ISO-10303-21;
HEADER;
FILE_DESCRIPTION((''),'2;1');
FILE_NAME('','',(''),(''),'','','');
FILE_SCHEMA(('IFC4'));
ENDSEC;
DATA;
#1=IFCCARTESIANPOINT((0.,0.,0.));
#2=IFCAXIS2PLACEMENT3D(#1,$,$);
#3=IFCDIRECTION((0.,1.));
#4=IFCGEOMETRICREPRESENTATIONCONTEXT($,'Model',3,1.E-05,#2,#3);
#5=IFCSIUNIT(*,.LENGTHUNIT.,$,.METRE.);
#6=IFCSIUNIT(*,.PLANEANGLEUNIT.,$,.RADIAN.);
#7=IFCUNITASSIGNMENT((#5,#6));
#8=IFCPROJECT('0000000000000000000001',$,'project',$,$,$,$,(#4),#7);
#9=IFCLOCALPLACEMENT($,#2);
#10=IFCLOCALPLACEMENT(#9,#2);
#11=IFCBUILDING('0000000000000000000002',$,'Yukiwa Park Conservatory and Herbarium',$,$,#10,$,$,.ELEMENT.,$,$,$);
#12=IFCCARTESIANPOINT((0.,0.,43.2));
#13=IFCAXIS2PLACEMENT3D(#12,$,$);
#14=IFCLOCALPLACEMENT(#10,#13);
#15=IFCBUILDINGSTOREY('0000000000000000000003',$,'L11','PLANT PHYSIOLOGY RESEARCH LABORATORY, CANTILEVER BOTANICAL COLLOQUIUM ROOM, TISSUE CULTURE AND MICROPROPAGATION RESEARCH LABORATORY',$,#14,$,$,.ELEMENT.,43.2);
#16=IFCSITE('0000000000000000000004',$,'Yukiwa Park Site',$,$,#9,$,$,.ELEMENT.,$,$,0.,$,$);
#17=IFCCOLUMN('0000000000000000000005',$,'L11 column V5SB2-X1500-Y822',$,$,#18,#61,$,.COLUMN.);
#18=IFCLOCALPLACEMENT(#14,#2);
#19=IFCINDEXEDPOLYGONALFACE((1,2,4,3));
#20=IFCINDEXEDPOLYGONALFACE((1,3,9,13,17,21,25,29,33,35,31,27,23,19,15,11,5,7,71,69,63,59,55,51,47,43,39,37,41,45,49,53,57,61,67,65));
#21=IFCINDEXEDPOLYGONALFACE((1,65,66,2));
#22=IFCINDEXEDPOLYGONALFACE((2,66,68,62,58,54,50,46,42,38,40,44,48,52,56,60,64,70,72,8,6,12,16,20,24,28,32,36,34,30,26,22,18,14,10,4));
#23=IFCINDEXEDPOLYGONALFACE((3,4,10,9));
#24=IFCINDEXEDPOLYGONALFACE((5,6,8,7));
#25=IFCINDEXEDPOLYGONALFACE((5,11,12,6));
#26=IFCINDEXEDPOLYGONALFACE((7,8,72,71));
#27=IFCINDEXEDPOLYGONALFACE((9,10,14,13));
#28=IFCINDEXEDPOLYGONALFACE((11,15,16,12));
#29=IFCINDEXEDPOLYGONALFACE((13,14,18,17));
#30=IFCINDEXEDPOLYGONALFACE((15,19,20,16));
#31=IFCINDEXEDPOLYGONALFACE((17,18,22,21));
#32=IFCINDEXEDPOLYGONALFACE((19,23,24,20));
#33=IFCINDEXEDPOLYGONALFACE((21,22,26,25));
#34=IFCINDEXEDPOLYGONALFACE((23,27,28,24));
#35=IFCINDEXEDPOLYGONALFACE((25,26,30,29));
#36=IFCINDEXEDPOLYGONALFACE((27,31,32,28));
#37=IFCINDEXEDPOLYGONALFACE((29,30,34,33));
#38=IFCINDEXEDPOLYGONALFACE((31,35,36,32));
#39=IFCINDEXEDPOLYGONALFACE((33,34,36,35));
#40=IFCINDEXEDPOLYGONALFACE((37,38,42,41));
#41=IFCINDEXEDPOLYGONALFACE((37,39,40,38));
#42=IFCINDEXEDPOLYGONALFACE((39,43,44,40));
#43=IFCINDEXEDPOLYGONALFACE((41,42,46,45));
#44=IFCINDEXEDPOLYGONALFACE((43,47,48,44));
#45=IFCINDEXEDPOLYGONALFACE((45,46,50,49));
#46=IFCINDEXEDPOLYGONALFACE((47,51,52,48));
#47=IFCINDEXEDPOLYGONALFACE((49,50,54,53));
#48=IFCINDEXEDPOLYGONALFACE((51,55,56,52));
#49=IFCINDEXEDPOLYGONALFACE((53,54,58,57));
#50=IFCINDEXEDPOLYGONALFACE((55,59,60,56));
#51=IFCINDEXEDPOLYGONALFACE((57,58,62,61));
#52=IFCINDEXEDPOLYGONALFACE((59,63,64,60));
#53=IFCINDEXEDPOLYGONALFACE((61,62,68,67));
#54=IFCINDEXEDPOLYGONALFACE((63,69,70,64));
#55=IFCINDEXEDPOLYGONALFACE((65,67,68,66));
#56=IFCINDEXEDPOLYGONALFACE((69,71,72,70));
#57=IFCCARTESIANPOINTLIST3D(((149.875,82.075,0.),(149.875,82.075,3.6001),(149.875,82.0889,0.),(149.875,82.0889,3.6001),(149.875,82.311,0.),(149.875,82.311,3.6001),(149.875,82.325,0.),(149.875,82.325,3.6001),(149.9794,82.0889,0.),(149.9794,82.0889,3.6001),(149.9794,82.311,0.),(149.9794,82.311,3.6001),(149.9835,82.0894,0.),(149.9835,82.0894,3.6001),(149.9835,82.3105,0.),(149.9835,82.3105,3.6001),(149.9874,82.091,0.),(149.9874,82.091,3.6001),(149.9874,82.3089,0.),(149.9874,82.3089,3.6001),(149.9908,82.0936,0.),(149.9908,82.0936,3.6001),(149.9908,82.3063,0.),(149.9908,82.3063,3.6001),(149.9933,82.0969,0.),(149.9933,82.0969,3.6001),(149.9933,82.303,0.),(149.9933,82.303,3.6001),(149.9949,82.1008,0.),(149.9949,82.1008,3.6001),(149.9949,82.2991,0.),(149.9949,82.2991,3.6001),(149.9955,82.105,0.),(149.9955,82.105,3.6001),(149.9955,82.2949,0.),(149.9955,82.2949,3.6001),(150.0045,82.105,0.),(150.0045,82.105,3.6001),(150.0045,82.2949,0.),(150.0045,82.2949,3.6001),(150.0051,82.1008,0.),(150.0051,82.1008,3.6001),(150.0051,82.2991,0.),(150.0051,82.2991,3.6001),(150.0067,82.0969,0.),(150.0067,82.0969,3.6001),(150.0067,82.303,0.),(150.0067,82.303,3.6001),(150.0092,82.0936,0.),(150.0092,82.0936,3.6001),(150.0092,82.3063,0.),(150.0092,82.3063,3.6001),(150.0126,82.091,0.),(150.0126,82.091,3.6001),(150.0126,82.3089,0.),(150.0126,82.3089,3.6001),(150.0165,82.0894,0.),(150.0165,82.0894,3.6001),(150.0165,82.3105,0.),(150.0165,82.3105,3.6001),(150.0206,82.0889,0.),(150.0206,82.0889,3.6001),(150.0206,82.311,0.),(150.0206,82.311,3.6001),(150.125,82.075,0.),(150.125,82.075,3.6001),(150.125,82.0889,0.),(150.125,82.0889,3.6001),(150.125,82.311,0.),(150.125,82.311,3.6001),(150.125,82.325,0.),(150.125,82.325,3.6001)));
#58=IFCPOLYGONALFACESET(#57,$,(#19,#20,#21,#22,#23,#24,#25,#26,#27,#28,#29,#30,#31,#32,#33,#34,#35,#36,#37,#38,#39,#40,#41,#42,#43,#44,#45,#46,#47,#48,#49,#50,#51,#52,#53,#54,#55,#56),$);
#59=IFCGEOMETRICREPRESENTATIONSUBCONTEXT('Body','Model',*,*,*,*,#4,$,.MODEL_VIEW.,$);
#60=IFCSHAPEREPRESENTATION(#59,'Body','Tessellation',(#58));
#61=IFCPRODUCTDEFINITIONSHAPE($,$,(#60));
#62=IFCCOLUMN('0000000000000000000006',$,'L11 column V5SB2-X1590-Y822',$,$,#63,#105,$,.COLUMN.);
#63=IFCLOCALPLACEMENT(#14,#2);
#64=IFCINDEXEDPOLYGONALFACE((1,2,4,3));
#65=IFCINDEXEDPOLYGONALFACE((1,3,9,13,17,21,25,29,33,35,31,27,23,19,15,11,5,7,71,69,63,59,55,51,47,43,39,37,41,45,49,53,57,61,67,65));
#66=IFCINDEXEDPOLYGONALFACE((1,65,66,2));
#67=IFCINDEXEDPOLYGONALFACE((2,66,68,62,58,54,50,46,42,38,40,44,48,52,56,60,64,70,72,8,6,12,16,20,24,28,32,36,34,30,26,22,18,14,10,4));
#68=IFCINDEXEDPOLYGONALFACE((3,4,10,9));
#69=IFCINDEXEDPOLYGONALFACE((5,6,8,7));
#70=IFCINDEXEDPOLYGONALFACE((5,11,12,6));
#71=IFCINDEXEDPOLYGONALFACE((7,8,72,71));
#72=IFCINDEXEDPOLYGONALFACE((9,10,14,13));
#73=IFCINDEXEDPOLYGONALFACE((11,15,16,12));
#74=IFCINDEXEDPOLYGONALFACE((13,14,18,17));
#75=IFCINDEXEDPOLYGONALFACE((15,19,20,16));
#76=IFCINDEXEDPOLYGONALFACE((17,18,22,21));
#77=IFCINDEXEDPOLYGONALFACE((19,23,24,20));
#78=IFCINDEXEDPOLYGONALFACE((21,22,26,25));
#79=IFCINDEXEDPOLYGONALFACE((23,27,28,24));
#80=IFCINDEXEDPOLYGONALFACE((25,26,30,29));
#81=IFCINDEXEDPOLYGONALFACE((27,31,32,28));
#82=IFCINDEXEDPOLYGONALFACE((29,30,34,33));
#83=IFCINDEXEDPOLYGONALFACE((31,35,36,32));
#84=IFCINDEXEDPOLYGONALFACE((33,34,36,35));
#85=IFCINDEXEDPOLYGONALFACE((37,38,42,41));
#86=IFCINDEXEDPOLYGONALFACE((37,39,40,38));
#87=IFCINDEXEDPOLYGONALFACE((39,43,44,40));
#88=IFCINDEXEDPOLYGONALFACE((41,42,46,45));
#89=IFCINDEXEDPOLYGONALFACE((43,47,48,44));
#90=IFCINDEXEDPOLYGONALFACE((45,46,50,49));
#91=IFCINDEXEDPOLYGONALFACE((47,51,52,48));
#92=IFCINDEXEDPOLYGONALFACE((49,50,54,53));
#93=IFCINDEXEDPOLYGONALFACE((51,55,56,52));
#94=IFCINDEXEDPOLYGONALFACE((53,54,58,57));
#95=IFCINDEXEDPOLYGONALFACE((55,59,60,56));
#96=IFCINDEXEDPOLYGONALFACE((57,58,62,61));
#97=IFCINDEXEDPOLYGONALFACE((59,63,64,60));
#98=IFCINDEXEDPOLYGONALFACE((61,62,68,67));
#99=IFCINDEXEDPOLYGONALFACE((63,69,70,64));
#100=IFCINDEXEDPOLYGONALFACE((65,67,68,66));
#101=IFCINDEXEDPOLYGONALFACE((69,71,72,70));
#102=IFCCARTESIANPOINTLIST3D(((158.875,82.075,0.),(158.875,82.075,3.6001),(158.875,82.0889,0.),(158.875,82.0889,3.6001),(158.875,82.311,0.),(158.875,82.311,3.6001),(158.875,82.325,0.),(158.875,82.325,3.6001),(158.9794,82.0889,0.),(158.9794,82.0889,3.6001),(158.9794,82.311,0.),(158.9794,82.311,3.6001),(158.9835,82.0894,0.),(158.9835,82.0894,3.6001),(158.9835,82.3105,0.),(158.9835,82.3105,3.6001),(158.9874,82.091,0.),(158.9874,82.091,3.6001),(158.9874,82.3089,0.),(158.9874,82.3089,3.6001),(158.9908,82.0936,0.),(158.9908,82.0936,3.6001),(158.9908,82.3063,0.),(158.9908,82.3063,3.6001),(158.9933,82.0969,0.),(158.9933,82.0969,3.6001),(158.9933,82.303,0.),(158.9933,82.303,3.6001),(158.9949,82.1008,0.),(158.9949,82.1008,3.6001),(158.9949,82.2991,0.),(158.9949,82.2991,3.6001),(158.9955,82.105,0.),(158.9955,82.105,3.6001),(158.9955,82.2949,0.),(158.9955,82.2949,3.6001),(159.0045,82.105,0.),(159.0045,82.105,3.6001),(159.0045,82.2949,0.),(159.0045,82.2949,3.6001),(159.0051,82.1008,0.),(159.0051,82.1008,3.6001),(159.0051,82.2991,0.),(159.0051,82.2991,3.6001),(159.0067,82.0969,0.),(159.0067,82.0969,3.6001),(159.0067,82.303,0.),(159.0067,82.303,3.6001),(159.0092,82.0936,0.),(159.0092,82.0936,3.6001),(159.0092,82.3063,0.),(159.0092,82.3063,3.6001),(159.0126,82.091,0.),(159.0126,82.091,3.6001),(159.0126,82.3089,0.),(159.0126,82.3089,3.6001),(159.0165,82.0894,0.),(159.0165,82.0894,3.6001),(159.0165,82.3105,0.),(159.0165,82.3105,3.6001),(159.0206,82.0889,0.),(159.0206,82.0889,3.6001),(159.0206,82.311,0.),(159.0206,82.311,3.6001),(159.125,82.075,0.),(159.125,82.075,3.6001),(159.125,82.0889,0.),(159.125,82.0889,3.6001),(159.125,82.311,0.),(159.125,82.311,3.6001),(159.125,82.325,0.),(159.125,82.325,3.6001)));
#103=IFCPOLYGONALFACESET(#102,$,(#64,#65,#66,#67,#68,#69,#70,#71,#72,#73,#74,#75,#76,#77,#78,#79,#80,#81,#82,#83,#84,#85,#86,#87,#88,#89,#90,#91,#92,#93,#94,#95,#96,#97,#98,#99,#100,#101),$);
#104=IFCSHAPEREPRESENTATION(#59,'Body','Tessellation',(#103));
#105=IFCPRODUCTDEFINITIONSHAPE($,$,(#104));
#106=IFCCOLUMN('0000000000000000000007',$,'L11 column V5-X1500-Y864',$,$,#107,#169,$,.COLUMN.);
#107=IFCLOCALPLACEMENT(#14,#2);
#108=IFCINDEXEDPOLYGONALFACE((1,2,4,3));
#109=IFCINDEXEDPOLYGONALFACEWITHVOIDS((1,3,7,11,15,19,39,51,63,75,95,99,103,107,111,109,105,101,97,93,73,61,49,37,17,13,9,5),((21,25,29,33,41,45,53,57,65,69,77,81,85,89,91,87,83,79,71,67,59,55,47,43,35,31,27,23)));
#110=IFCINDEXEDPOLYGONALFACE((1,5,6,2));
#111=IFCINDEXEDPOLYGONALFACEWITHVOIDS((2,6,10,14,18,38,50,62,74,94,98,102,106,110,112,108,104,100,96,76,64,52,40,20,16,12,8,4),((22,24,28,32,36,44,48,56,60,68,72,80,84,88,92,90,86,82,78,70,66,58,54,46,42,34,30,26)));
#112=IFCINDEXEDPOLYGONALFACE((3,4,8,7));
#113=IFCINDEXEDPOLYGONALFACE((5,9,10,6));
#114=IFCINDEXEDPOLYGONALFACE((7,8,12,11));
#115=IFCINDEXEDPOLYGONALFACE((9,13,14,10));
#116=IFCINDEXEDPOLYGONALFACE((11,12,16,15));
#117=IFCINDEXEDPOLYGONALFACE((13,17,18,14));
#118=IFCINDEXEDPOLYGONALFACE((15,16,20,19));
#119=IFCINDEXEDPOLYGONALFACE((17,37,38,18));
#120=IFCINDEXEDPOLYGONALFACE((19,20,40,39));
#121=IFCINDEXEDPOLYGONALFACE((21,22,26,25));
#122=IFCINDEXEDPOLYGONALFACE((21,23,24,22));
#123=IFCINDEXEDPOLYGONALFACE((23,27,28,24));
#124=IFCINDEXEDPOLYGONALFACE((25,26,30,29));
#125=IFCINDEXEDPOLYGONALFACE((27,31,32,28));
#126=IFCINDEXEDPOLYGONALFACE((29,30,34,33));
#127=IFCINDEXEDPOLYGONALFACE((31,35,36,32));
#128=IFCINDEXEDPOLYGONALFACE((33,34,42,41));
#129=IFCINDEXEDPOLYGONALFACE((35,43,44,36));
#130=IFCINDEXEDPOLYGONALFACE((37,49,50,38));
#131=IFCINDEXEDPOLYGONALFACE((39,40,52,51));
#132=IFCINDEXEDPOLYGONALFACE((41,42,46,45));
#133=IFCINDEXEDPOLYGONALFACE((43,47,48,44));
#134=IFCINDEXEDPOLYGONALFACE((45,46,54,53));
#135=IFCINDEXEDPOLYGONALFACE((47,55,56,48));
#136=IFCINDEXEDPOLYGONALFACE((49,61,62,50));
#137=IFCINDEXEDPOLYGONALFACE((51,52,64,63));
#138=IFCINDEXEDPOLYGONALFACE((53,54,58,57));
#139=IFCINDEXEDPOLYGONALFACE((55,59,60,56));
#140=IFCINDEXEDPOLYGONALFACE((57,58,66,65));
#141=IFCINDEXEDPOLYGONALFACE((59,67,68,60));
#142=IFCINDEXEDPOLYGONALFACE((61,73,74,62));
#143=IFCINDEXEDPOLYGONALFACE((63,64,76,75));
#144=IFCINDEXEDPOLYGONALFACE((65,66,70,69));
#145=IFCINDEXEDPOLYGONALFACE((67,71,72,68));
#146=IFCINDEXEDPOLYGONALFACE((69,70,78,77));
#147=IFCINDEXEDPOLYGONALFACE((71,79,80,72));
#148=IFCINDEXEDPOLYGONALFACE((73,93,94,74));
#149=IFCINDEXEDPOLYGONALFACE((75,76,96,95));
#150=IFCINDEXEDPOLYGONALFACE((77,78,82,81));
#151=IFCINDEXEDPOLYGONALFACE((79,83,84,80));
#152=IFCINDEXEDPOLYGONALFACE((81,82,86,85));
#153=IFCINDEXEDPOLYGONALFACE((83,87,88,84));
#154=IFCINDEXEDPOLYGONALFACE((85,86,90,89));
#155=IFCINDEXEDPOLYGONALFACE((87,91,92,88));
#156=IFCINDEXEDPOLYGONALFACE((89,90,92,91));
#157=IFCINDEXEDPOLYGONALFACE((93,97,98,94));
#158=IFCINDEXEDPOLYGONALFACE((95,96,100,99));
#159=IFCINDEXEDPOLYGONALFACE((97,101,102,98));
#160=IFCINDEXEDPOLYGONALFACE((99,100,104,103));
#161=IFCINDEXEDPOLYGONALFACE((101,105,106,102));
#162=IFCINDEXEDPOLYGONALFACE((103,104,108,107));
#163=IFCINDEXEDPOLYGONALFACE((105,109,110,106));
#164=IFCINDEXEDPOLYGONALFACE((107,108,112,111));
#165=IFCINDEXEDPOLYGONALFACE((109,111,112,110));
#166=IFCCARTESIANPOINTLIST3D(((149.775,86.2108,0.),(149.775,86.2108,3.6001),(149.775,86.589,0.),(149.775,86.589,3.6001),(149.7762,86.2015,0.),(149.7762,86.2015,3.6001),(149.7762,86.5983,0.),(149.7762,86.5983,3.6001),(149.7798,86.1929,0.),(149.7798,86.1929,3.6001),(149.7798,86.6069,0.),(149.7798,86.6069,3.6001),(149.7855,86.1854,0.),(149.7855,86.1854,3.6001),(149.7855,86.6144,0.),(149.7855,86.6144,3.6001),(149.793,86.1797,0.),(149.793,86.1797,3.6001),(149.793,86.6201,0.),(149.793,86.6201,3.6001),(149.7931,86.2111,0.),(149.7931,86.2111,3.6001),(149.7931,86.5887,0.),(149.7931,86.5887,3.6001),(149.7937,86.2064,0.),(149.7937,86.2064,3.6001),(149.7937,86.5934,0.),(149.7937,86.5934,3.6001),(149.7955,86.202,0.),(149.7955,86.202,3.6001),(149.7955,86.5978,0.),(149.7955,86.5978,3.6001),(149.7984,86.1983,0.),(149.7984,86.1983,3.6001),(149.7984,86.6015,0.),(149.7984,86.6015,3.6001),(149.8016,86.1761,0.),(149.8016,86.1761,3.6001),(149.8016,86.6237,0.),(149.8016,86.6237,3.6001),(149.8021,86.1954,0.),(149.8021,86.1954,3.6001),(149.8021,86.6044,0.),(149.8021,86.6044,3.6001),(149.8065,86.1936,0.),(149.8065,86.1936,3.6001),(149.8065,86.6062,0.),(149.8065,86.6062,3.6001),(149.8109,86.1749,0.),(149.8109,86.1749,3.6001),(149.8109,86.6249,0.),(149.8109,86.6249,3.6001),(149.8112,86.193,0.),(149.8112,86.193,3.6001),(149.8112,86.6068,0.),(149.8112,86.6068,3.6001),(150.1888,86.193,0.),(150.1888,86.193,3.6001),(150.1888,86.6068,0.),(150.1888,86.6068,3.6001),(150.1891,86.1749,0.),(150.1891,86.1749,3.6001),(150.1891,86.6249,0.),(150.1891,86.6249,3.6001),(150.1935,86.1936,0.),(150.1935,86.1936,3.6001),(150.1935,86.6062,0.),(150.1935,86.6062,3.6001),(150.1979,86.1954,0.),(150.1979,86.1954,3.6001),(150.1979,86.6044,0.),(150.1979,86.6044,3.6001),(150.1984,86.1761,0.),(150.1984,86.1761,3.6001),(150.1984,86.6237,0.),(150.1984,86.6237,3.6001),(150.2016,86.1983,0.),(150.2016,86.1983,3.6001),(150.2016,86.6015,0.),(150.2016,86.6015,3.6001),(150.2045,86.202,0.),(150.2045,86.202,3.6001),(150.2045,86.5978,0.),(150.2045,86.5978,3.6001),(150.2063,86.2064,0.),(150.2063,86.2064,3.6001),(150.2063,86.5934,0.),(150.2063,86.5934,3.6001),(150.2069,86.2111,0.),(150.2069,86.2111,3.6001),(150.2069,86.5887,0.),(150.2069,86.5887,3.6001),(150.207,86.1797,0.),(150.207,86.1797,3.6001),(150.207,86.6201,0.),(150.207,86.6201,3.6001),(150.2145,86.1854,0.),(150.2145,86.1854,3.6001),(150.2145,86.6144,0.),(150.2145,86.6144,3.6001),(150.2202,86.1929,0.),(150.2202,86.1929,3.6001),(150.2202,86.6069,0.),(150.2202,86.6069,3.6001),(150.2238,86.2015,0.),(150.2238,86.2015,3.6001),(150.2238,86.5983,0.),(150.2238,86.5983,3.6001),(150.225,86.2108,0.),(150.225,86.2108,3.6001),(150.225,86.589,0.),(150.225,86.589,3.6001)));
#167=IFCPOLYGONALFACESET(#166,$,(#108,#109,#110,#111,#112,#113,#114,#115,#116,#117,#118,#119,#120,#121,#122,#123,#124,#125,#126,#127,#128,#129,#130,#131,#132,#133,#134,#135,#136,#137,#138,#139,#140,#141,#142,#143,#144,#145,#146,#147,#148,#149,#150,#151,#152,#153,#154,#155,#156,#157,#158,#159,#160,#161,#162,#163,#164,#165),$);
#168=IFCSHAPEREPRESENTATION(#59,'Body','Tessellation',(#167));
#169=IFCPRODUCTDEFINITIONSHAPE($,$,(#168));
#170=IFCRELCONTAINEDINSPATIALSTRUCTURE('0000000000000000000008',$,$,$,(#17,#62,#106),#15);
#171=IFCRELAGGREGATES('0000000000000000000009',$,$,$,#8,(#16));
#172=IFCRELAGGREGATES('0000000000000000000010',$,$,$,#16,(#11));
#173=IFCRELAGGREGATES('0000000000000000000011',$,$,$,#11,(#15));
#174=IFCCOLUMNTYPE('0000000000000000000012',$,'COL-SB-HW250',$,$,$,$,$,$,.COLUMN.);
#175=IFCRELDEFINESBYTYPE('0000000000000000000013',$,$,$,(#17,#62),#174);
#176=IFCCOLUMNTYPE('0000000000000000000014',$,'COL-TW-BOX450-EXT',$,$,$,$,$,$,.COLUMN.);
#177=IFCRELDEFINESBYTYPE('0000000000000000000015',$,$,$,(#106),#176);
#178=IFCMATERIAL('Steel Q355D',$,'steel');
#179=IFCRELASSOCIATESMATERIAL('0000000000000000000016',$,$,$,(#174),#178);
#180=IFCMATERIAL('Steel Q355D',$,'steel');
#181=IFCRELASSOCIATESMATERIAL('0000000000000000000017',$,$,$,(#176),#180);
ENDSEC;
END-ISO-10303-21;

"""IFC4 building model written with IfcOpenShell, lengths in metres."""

from ifc_helpers import new_model, si_unit, direction, frame, origin, origin_2d, place, context, subcontext, project, spatial, hollow_rectangle, i_section, extrude, material, material_profile, profile_set, type_object, element, save


model = new_model("IFC4")

# Units and contexts
model_context = context("Model", 3, precision=1e-05, world=origin(), true_north=direction((0.0, 1.0)))
body_context = subcontext(model_context, "Body", "Model", "MODEL_VIEW")
ifc_project = project(units=[si_unit("LENGTHUNIT", "METRE"), si_unit("PLANEANGLEUNIT", "RADIAN")], contexts=[model_context])

# Site, building, storey
site_placement = place(None, origin())
site = spatial("IfcSite", under=ifc_project, at=site_placement, Name="Yukiwa Park Site", CompositionType="ELEMENT", RefElevation=0.0)
building_placement = place(site_placement, origin())
building = spatial("IfcBuilding", under=site, at=building_placement, Name="Yukiwa Park Conservatory and Herbarium", CompositionType="ELEMENT")
storey_placement = place(building_placement, frame((0.0, 0.0, 43.2)))
storey = spatial("IfcBuildingStorey", under=building, at=storey_placement, Name="L11", Description="PLANT PHYSIOLOGY RESEARCH LABORATORY, CANTILEVER BOTANICAL COLLOQUIUM ROOM, TISSUE CULTURE AND MICROPROPAGATION RESEARCH LABORATORY", CompositionType="ELEMENT", Elevation=43.2)

# Columns
ifc_material_1 = material(Name="Steel Q355D", Category="steel")
ifc_material_profile_1 = material_profile(ifc_material_1, i_section(OverallWidth=0.25, OverallDepth=0.25, WebThickness=0.009, FlangeThickness=0.0139, FilletRadius=0.0161, at=origin_2d()), Name="HW 250x250x9x14")
ifc_profile_set_1 = profile_set([ifc_material_profile_1], Name="Steel Q355D")
column_type_1 = type_object("IfcColumnType", Name="COL-SB-HW250", PredefinedType="COLUMN", material=ifc_profile_set_1)
for number, where, z_axis, x_axis, name in (
    (1, (150.0, 82.2, 0.0), (0.0, 0.0, 1.0), (1.0, 0.0, 0.0), "L11 column V5SB2-X1500-Y822"),
    (2, (159.0, 82.2, 0.0), (0.0, 0.0, 1.0), (1.0, 0.0, 0.0), "L11 column V5SB2-X1590-Y822"),
):
    element("IfcColumn", number, at=place(storey_placement, frame(where, z_axis=z_axis, x_axis=x_axis)), inside=storey, type_object=column_type_1, Name=name, PredefinedType="COLUMN", context=body_context, shape_type="SweptSolid", body=[
        extrude(i_section(OverallWidth=0.25, OverallDepth=0.25, WebThickness=0.009, FlangeThickness=0.0139, FilletRadius=0.0161, at=origin_2d()), origin(), (0.0, 0.0, 1.0), 3.6001),
    ])
ifc_material_2 = material(Name="Steel Q355D", Category="steel")
ifc_material_profile_2 = material_profile(ifc_material_2, hollow_rectangle(XDim=0.45, YDim=0.45, WallThickness=0.0181, InnerFilletRadius=0.0181, OuterFilletRadius=0.0359, at=origin_2d()), Name="BOX 450x450x18")
ifc_profile_set_2 = profile_set([ifc_material_profile_2], Name="Steel Q355D")
column_type_2 = type_object("IfcColumnType", Name="COL-TW-BOX450-EXT", PredefinedType="COLUMN", material=ifc_profile_set_2)
column_1_placement = place(storey_placement, frame((150.0, 86.3999, 0.0), z_axis=(0.0, 0.0, 1.0), x_axis=(1.0, 0.0, 0.0)))
element("IfcColumn", 3, at=column_1_placement, inside=storey, type_object=column_type_2, Name="L11 column V5-X1500-Y864", PredefinedType="COLUMN", context=body_context, shape_type="SweptSolid", body=[
    extrude(hollow_rectangle(XDim=0.45, YDim=0.45, WallThickness=0.0181, InnerFilletRadius=0.0181, OuterFilletRadius=0.0359, at=origin_2d()), origin(), (0.0, 0.0, 1.0), 3.6001),
])

save(model, "model.ifc")
